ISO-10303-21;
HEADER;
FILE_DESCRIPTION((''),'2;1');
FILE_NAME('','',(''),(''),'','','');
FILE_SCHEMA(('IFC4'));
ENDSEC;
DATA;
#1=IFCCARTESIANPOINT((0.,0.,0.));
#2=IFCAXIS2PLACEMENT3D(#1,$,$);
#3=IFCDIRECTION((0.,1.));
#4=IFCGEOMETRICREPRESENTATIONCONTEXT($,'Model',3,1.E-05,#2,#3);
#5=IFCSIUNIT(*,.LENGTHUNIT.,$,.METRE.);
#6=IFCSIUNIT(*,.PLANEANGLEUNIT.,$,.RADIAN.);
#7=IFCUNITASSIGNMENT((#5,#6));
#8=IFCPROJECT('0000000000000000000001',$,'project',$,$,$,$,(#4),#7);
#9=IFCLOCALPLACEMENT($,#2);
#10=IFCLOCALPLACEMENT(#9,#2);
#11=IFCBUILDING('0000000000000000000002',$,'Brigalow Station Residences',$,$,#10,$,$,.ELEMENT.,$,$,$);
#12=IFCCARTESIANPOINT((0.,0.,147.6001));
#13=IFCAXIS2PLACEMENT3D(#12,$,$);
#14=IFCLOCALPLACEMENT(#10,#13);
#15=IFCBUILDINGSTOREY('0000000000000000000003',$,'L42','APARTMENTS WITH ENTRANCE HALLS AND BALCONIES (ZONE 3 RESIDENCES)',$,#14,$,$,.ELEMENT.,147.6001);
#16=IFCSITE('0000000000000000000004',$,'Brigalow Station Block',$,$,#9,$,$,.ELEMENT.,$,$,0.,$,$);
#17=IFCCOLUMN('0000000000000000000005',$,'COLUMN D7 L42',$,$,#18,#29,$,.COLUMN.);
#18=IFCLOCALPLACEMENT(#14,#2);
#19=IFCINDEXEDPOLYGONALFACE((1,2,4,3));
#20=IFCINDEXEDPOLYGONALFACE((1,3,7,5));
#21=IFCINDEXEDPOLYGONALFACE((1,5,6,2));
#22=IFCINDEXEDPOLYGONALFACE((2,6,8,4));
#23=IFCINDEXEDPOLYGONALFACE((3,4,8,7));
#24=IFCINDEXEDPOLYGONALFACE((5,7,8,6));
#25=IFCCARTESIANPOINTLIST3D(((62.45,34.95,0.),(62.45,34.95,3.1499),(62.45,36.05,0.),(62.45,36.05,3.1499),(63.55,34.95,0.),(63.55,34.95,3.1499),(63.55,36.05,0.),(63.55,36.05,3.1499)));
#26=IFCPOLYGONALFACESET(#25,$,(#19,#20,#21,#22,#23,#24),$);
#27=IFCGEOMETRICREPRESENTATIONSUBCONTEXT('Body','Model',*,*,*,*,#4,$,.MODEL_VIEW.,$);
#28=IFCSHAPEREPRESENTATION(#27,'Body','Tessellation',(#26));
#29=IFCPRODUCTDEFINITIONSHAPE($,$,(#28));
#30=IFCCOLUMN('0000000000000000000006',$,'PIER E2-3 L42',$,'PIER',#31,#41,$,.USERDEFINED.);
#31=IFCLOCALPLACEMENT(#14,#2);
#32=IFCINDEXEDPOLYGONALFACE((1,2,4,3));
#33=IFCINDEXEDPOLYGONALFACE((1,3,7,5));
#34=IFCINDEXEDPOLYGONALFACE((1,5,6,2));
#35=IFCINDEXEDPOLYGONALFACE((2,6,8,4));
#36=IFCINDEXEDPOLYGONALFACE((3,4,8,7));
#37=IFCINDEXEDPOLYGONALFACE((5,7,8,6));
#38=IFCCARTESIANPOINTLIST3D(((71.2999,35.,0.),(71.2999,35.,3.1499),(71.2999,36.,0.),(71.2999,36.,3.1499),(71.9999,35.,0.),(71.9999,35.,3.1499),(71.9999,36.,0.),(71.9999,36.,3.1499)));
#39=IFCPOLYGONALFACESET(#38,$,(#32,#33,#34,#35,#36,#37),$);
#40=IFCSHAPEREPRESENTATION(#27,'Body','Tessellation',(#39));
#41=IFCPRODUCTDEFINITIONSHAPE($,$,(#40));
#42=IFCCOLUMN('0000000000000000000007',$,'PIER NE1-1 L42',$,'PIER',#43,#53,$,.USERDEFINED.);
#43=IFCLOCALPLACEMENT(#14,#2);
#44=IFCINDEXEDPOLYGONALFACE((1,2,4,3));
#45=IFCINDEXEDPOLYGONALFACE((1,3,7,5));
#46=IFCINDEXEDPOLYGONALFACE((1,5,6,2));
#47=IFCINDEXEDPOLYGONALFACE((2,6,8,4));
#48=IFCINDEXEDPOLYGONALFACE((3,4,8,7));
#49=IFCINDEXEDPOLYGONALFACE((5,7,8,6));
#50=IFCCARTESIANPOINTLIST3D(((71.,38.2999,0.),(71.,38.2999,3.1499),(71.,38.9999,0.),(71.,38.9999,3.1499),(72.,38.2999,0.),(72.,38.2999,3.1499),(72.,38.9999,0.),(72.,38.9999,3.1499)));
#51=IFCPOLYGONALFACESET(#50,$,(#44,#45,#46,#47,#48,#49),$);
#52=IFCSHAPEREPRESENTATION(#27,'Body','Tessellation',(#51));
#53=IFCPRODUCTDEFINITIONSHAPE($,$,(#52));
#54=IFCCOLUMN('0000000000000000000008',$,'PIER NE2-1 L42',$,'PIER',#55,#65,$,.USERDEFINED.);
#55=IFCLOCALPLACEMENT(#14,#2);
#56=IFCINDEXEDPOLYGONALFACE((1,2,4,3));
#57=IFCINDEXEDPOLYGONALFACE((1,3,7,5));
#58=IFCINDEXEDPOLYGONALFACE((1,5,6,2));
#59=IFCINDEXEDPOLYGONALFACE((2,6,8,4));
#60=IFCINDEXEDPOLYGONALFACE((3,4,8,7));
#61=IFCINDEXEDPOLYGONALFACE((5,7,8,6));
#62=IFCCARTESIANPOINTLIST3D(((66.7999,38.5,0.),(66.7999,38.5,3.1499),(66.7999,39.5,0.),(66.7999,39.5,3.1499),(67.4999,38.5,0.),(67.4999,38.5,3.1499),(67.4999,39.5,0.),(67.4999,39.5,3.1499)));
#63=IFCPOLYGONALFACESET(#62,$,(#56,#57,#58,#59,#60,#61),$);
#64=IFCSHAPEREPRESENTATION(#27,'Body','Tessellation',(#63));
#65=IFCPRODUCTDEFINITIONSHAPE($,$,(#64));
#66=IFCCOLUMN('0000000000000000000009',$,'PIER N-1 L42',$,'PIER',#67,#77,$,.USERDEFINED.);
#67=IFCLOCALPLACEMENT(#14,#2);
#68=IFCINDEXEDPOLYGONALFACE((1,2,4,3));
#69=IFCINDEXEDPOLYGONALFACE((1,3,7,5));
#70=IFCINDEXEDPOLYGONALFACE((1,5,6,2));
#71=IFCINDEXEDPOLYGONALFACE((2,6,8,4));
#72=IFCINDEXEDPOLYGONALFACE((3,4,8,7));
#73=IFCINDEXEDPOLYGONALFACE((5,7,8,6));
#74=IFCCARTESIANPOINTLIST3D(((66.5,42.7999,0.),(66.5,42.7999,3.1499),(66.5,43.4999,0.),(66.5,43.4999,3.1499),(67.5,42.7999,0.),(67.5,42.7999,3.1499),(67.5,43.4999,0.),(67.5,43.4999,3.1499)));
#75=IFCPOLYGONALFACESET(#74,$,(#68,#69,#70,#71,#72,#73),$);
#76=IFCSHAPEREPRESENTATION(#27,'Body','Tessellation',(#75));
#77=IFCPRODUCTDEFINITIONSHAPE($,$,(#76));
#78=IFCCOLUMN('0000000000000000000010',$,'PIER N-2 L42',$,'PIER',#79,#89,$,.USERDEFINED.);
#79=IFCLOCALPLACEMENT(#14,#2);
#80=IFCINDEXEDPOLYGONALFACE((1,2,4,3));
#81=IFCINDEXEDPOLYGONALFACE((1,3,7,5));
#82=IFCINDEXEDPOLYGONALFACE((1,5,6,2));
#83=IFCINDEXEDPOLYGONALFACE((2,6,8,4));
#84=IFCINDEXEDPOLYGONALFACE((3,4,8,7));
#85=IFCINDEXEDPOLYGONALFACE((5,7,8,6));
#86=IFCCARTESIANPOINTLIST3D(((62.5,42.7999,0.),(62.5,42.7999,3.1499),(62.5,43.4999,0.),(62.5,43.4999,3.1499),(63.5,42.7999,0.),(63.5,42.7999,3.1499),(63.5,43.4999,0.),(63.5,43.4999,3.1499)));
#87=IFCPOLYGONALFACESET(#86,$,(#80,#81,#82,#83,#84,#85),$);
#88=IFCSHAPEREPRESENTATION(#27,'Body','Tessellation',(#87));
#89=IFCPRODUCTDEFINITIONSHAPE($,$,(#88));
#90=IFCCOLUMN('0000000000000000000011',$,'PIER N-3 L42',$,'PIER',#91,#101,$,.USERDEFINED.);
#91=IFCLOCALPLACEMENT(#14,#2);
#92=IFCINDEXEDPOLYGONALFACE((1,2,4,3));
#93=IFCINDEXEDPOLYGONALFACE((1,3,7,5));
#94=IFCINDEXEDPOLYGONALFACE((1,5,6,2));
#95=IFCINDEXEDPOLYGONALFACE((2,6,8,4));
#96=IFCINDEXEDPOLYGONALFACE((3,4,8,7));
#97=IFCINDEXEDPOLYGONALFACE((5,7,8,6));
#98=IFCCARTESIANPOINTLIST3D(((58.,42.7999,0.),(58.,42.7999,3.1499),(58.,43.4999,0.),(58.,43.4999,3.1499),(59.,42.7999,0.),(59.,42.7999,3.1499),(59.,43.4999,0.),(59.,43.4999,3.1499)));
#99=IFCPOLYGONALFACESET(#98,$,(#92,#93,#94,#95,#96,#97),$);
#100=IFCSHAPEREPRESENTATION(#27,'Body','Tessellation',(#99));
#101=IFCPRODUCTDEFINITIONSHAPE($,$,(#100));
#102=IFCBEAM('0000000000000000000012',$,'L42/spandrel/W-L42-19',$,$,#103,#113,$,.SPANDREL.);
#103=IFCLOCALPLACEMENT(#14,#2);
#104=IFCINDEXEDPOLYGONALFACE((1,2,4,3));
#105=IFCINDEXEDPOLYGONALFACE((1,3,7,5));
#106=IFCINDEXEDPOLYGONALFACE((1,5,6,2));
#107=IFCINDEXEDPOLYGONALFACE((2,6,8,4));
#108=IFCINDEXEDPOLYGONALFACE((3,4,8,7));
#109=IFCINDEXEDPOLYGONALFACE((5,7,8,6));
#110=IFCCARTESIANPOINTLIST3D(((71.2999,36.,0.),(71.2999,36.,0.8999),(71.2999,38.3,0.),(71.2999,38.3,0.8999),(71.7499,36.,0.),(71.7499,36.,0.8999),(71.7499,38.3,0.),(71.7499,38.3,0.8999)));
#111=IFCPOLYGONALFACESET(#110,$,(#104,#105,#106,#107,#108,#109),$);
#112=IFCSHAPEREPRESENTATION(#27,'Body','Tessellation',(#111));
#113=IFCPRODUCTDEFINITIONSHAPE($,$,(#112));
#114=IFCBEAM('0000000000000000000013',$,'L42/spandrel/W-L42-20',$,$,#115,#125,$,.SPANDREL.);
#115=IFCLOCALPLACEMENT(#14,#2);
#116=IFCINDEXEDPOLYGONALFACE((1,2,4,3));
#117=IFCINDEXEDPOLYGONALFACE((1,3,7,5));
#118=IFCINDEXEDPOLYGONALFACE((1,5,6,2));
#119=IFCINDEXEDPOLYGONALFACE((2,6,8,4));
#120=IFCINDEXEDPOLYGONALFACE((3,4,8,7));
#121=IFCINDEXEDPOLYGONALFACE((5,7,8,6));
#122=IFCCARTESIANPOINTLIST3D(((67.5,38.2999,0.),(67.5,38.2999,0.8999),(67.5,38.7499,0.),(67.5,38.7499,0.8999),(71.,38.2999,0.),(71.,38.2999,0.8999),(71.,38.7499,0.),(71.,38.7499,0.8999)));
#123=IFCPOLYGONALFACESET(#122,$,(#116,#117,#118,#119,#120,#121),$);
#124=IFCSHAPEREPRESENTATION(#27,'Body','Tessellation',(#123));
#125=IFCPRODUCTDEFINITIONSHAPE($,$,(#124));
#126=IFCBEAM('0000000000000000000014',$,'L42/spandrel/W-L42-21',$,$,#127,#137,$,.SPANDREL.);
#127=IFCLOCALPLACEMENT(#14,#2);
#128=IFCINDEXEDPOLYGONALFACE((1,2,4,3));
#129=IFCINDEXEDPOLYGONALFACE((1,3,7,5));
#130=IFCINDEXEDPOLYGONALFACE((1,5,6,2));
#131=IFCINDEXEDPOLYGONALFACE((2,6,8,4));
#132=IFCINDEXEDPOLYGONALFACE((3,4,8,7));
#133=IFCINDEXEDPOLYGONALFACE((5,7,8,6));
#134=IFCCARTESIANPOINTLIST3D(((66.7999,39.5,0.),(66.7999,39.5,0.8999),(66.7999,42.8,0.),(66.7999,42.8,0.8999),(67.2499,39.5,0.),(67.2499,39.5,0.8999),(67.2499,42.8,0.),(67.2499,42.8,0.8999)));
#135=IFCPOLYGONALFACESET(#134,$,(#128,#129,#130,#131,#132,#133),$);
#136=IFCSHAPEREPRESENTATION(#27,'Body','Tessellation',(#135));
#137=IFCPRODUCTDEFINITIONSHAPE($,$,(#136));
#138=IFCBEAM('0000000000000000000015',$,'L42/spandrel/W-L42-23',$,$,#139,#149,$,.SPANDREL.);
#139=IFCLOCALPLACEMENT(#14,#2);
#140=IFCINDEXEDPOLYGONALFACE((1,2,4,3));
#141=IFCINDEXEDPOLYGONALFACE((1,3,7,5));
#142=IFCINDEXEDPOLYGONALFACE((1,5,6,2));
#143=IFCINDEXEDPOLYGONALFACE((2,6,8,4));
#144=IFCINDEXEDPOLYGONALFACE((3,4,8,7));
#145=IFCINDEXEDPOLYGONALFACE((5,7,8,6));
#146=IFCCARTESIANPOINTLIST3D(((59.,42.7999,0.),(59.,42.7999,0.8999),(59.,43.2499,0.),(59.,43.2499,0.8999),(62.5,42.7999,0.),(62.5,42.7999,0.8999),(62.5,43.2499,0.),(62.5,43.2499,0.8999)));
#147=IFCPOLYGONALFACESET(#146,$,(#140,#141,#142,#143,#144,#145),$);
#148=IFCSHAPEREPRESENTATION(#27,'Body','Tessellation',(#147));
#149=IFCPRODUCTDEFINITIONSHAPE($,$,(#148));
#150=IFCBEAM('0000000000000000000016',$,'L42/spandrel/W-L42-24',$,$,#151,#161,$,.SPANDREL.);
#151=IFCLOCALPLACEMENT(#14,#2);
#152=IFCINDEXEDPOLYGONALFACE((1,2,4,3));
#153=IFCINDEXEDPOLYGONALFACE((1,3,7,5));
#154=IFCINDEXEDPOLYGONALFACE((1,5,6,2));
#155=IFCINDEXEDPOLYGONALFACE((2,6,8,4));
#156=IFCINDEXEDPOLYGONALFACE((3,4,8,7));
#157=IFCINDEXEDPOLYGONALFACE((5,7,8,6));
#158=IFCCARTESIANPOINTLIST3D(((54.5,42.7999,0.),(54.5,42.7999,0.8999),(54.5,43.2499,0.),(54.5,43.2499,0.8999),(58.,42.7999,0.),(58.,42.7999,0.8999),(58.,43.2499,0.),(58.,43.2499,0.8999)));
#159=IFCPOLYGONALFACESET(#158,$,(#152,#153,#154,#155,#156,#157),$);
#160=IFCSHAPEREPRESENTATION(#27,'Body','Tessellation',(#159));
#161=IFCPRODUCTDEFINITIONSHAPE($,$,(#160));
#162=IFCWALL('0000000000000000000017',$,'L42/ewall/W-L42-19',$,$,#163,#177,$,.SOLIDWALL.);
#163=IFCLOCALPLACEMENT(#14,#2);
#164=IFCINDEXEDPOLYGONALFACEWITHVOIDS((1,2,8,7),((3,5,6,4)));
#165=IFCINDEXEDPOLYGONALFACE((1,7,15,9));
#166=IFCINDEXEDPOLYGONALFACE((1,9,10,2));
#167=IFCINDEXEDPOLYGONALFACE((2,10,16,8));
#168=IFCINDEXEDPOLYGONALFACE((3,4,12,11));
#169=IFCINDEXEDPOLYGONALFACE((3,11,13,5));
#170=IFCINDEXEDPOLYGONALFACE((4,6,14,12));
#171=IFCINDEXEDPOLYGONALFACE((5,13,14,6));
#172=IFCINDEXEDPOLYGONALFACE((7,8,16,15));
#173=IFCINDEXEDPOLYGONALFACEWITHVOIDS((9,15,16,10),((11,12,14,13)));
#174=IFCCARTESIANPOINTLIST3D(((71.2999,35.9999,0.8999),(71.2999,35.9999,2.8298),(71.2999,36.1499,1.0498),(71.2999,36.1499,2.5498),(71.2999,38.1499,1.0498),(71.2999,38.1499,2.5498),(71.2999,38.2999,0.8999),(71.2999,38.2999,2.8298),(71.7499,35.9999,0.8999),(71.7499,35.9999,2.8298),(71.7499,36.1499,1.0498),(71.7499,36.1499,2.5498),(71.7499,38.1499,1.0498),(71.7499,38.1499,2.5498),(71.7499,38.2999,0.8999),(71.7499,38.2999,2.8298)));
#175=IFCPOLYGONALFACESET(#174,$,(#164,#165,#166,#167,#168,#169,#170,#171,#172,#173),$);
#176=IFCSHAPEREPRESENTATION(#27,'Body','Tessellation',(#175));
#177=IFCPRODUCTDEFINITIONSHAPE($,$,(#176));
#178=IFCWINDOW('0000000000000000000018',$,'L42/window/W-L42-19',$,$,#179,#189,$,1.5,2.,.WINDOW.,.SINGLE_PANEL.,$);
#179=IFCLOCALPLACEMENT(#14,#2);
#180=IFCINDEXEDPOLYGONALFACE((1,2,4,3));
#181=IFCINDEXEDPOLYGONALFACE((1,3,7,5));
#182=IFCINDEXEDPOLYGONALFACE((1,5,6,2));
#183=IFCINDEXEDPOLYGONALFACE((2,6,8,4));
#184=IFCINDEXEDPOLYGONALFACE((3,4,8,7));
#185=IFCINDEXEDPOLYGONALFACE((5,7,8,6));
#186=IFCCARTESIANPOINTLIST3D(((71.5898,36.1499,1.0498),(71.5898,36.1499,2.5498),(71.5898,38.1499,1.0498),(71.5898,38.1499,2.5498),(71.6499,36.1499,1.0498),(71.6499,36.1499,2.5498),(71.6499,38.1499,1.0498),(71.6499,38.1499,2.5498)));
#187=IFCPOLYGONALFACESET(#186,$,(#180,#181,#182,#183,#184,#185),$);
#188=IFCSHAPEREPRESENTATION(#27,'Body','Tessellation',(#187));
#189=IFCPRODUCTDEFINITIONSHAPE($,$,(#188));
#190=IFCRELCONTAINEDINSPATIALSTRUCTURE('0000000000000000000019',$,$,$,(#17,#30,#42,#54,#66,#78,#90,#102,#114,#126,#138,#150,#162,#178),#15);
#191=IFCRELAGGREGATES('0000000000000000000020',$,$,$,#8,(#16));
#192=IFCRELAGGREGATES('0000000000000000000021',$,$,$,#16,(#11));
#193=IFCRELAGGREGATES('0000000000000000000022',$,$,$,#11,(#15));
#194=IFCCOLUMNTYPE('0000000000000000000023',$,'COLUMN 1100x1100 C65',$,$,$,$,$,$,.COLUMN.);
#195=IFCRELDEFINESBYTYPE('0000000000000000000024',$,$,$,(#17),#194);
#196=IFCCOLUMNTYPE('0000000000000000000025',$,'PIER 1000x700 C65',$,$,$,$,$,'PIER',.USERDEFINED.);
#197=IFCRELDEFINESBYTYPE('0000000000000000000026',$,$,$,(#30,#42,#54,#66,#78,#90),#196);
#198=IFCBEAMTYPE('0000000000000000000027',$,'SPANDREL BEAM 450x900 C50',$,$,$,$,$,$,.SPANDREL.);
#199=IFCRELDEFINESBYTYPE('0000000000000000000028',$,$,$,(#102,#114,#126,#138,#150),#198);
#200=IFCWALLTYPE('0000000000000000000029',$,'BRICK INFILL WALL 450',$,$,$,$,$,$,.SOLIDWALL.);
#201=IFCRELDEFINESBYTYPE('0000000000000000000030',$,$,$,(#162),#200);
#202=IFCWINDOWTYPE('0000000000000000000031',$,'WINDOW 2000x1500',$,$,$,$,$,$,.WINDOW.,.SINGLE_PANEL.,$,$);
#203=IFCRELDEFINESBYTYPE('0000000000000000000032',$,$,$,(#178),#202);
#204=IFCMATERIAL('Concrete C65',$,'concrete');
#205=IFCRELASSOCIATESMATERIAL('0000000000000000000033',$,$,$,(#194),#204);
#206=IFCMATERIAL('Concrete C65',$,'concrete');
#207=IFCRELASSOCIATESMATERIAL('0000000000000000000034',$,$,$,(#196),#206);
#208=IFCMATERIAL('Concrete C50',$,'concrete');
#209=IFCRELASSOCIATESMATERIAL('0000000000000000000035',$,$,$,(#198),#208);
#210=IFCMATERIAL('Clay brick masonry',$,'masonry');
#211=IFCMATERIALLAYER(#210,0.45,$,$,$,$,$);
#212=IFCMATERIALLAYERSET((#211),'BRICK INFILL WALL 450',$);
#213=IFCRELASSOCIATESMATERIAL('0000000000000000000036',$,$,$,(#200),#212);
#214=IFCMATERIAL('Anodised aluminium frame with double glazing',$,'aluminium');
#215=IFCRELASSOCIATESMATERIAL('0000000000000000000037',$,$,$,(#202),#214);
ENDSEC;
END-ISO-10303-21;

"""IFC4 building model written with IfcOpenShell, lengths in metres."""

from ifc_helpers import new_model, si_unit, direction, frame, frame_2d, origin, origin_2d, place, context, subcontext, project, spatial, rectangle, extrude, material, layer, layer_set, material_profile, profile_set, type_object, element, fill, save


model = new_model("IFC4")

# Units and contexts
model_context = context("Model", 3, precision=1e-05, world=origin(), true_north=direction((0.0, 1.0)))
body_context = subcontext(model_context, "Body", "Model", "MODEL_VIEW")
ifc_project = project(units=[si_unit("LENGTHUNIT", "METRE"), si_unit("PLANEANGLEUNIT", "RADIAN")], contexts=[model_context])

# Site, building, storey
site_placement = place(None, origin())
site = spatial("IfcSite", under=ifc_project, at=site_placement, Name="Brigalow Station Block", CompositionType="ELEMENT", RefElevation=0.0)
building_placement = place(site_placement, origin())
building = spatial("IfcBuilding", under=site, at=building_placement, Name="Brigalow Station Residences", CompositionType="ELEMENT")
storey_placement = place(building_placement, frame((0.0, 0.0, 147.6001)))
storey = spatial("IfcBuildingStorey", under=building, at=storey_placement, Name="L42", Description="APARTMENTS WITH ENTRANCE HALLS AND BALCONIES (ZONE 3 RESIDENCES)", CompositionType="ELEMENT", Elevation=147.6001)

# Columns
ifc_material_1 = material(Name="Concrete C65", Category="concrete")
ifc_material_profile_1 = material_profile(ifc_material_1, rectangle(XDim=1.1001, YDim=1.1001, at=origin_2d()), Name="RC1100x1100")
ifc_profile_set_1 = profile_set([ifc_material_profile_1], Name="Concrete C65")
column_type_1 = type_object("IfcColumnType", Name="COLUMN 1100x1100 C65", PredefinedType="COLUMN", material=ifc_profile_set_1)
column_placement = place(storey_placement, frame((63.0, 35.5, 0.0), z_axis=(0.0, 0.0, 1.0), x_axis=(1.0, 0.0, 0.0)))
element("IfcColumn", 1, at=column_placement, inside=storey, type_object=column_type_1, Name="COLUMN D7 L42", PredefinedType="COLUMN", context=body_context, shape_type="SweptSolid", body=[
    extrude(rectangle(XDim=1.1001, YDim=1.1001, at=origin_2d()), origin(), (0.0, 0.0, 1.0), 3.1499),
])
ifc_material_2 = material(Name="Concrete C65", Category="concrete")
ifc_material_profile_2 = material_profile(ifc_material_2, rectangle(XDim=1.0, YDim=0.7, at=origin_2d()), Name="RC1000x700")
ifc_profile_set_2 = profile_set([ifc_material_profile_2], Name="Concrete C65")
column_type_2 = type_object("IfcColumnType", Name="PIER 1000x700 C65", ElementType="PIER", PredefinedType="USERDEFINED", material=ifc_profile_set_2)
for number, where, z_axis, x_axis, name in (
    (2, (71.6499, 35.5, 0.0), (0.0, 0.0, 1.0), (0.0, 1.0, 0.0), "PIER E2-3 L42"),
    (3, (71.5, 38.6499, 0.0), (0.0, 0.0, 1.0), (-1.0, 0.0, 0.0), "PIER NE1-1 L42"),
    (4, (67.1499, 39.0, 0.0), (0.0, 0.0, 1.0), (0.0, 1.0, 0.0), "PIER NE2-1 L42"),
    (5, (67.0, 43.1499, 0.0), (0.0, 0.0, 1.0), (-1.0, 0.0, 0.0), "PIER N-1 L42"),
    (6, (63.0, 43.1499, 0.0), (0.0, 0.0, 1.0), (-1.0, 0.0, 0.0), "PIER N-2 L42"),
    (7, (58.5, 43.1499, 0.0), (0.0, 0.0, 1.0), (-1.0, 0.0, 0.0), "PIER N-3 L42"),
):
    element("IfcColumn", number, at=place(storey_placement, frame(where, z_axis=z_axis, x_axis=x_axis)), inside=storey, type_object=column_type_2, Name=name, ObjectType="PIER", PredefinedType="USERDEFINED", context=body_context, shape_type="SweptSolid", body=[
        extrude(rectangle(XDim=1.0, YDim=0.7, at=origin_2d()), origin(), (0.0, 0.0, 1.0), 3.1499),
    ])

# Beams
ifc_material_3 = material(Name="Concrete C50", Category="concrete")
ifc_material_profile_3 = material_profile(ifc_material_3, rectangle(XDim=0.45, YDim=0.8999, at=origin_2d()), Name="RC450x900")
ifc_profile_set_3 = profile_set([ifc_material_profile_3], Name="Concrete C50")
beam_type = type_object("IfcBeamType", Name="SPANDREL BEAM 450x900 C50", PredefinedType="SPANDREL", material=ifc_profile_set_3)
beam_1_placement = place(storey_placement, frame((71.5249, 36.0, 0.45), z_axis=(0.0, 1.0, 0.0), x_axis=(-1.0, 0.0, 0.0)))
element("IfcBeam", 8, at=beam_1_placement, inside=storey, type_object=beam_type, Name="L42/spandrel/W-L42-19", PredefinedType="SPANDREL", context=body_context, shape_type="SweptSolid", body=[
    extrude(rectangle(XDim=0.45, YDim=0.8999, at=origin_2d()), origin(), (0.0, 0.0, 1.0), 2.3),
])
beam_2_placement = place(storey_placement, frame((71.0, 38.5249, 0.45), z_axis=(-1.0, 0.0, 0.0), x_axis=(0.0, -1.0, 0.0)))
element("IfcBeam", 9, at=beam_2_placement, inside=storey, type_object=beam_type, Name="L42/spandrel/W-L42-20", PredefinedType="SPANDREL", context=body_context, shape_type="SweptSolid", body=[
    extrude(rectangle(XDim=0.45, YDim=0.8999, at=origin_2d()), origin(), (0.0, 0.0, 1.0), 3.5),
])
beam_3_placement = place(storey_placement, frame((67.0249, 39.5, 0.45), z_axis=(0.0, 1.0, 0.0), x_axis=(-1.0, 0.0, 0.0)))
element("IfcBeam", 10, at=beam_3_placement, inside=storey, type_object=beam_type, Name="L42/spandrel/W-L42-21", PredefinedType="SPANDREL", context=body_context, shape_type="SweptSolid", body=[
    extrude(rectangle(XDim=0.45, YDim=0.8999, at=origin_2d()), origin(), (0.0, 0.0, 1.0), 3.3),
])
for number, where, z_axis, x_axis, name in (
    (11, (62.5, 43.0249, 0.45), (-1.0, 0.0, 0.0), (0.0, -1.0, 0.0), "L42/spandrel/W-L42-23"),
    (12, (58.0, 43.0249, 0.45), (-1.0, 0.0, 0.0), (0.0, -1.0, 0.0), "L42/spandrel/W-L42-24"),
):
    element("IfcBeam", number, at=place(storey_placement, frame(where, z_axis=z_axis, x_axis=x_axis)), inside=storey, type_object=beam_type, Name=name, PredefinedType="SPANDREL", context=body_context, shape_type="SweptSolid", body=[
        extrude(rectangle(XDim=0.45, YDim=0.8999, at=origin_2d()), origin(), (0.0, 0.0, 1.0), 3.5),
    ])

# Wall, opening, window
ifc_material_4 = material(Name="Clay brick masonry", Category="masonry")
ifc_layer_1 = layer(ifc_material_4, 0.45)
ifc_layer_set_1 = layer_set([ifc_layer_1], Name="BRICK INFILL WALL 450")
wall_type_1 = type_object("IfcWallType", Name="BRICK INFILL WALL 450", PredefinedType="SOLIDWALL", material=ifc_layer_set_1)
wall_1_placement = place(storey_placement, frame((71.5249, 36.0, 0.8999), z_axis=(0.0, 0.0, 1.0), x_axis=(0.0, 1.0, 0.0)))
wall_1 = element("IfcWall", 13, at=wall_1_placement, inside=storey, type_object=wall_type_1, Name="L42/ewall/W-L42-19", PredefinedType="SOLIDWALL", context=body_context, shape_type="SweptSolid", body=[
    extrude(rectangle(XDim=2.3, YDim=0.45, at=frame_2d((1.1499, 0.0))), origin(), (0.0, 0.0, 1.0), 1.9299),
])
opening_1_placement = place(wall_1_placement, frame((0.1499, 0.0, 0.1499)))
opening_1 = element("IfcOpeningElement", 14, at=opening_1_placement, cuts=wall_1, PredefinedType="OPENING", context=body_context, shape_type="SweptSolid", body=[
    extrude(rectangle(XDim=2.0, YDim=1.5, at=frame_2d((1.0, 0.75))), frame((0.0, 0.2349, 0.0), z_axis=(0.0, -1.0, 0.0), x_axis=(1.0, 0.0, 0.0)), (0.0, 0.0, 1.0), 0.47),
])
ifc_material_5 = material(Name="Anodised aluminium frame with double glazing", Category="aluminium")
window_type_1 = type_object("IfcWindowType", Name="WINDOW 2000x1500", PartitioningType="SINGLE_PANEL", PredefinedType="WINDOW", material=ifc_material_5)
window_1_placement = place(opening_1_placement, origin())
window_1 = element("IfcWindow", 15, at=window_1_placement, inside=storey, type_object=window_type_1, Name="L42/window/W-L42-19", OverallHeight=1.5, OverallWidth=2.0, PartitioningType="SINGLE_PANEL", PredefinedType="WINDOW", context=body_context, shape_type="SweptSolid", body=[
    extrude(rectangle(XDim=2.0, YDim=1.5, at=frame_2d((1.0, 0.75))), frame((0.0, -0.0649, 0.0), z_axis=(0.0, -1.0, 0.0), x_axis=(1.0, 0.0, 0.0)), (0.0, 0.0, 1.0), 0.0601),
])
fill(opening_1, window_1)

save(model, "model.ifc")
